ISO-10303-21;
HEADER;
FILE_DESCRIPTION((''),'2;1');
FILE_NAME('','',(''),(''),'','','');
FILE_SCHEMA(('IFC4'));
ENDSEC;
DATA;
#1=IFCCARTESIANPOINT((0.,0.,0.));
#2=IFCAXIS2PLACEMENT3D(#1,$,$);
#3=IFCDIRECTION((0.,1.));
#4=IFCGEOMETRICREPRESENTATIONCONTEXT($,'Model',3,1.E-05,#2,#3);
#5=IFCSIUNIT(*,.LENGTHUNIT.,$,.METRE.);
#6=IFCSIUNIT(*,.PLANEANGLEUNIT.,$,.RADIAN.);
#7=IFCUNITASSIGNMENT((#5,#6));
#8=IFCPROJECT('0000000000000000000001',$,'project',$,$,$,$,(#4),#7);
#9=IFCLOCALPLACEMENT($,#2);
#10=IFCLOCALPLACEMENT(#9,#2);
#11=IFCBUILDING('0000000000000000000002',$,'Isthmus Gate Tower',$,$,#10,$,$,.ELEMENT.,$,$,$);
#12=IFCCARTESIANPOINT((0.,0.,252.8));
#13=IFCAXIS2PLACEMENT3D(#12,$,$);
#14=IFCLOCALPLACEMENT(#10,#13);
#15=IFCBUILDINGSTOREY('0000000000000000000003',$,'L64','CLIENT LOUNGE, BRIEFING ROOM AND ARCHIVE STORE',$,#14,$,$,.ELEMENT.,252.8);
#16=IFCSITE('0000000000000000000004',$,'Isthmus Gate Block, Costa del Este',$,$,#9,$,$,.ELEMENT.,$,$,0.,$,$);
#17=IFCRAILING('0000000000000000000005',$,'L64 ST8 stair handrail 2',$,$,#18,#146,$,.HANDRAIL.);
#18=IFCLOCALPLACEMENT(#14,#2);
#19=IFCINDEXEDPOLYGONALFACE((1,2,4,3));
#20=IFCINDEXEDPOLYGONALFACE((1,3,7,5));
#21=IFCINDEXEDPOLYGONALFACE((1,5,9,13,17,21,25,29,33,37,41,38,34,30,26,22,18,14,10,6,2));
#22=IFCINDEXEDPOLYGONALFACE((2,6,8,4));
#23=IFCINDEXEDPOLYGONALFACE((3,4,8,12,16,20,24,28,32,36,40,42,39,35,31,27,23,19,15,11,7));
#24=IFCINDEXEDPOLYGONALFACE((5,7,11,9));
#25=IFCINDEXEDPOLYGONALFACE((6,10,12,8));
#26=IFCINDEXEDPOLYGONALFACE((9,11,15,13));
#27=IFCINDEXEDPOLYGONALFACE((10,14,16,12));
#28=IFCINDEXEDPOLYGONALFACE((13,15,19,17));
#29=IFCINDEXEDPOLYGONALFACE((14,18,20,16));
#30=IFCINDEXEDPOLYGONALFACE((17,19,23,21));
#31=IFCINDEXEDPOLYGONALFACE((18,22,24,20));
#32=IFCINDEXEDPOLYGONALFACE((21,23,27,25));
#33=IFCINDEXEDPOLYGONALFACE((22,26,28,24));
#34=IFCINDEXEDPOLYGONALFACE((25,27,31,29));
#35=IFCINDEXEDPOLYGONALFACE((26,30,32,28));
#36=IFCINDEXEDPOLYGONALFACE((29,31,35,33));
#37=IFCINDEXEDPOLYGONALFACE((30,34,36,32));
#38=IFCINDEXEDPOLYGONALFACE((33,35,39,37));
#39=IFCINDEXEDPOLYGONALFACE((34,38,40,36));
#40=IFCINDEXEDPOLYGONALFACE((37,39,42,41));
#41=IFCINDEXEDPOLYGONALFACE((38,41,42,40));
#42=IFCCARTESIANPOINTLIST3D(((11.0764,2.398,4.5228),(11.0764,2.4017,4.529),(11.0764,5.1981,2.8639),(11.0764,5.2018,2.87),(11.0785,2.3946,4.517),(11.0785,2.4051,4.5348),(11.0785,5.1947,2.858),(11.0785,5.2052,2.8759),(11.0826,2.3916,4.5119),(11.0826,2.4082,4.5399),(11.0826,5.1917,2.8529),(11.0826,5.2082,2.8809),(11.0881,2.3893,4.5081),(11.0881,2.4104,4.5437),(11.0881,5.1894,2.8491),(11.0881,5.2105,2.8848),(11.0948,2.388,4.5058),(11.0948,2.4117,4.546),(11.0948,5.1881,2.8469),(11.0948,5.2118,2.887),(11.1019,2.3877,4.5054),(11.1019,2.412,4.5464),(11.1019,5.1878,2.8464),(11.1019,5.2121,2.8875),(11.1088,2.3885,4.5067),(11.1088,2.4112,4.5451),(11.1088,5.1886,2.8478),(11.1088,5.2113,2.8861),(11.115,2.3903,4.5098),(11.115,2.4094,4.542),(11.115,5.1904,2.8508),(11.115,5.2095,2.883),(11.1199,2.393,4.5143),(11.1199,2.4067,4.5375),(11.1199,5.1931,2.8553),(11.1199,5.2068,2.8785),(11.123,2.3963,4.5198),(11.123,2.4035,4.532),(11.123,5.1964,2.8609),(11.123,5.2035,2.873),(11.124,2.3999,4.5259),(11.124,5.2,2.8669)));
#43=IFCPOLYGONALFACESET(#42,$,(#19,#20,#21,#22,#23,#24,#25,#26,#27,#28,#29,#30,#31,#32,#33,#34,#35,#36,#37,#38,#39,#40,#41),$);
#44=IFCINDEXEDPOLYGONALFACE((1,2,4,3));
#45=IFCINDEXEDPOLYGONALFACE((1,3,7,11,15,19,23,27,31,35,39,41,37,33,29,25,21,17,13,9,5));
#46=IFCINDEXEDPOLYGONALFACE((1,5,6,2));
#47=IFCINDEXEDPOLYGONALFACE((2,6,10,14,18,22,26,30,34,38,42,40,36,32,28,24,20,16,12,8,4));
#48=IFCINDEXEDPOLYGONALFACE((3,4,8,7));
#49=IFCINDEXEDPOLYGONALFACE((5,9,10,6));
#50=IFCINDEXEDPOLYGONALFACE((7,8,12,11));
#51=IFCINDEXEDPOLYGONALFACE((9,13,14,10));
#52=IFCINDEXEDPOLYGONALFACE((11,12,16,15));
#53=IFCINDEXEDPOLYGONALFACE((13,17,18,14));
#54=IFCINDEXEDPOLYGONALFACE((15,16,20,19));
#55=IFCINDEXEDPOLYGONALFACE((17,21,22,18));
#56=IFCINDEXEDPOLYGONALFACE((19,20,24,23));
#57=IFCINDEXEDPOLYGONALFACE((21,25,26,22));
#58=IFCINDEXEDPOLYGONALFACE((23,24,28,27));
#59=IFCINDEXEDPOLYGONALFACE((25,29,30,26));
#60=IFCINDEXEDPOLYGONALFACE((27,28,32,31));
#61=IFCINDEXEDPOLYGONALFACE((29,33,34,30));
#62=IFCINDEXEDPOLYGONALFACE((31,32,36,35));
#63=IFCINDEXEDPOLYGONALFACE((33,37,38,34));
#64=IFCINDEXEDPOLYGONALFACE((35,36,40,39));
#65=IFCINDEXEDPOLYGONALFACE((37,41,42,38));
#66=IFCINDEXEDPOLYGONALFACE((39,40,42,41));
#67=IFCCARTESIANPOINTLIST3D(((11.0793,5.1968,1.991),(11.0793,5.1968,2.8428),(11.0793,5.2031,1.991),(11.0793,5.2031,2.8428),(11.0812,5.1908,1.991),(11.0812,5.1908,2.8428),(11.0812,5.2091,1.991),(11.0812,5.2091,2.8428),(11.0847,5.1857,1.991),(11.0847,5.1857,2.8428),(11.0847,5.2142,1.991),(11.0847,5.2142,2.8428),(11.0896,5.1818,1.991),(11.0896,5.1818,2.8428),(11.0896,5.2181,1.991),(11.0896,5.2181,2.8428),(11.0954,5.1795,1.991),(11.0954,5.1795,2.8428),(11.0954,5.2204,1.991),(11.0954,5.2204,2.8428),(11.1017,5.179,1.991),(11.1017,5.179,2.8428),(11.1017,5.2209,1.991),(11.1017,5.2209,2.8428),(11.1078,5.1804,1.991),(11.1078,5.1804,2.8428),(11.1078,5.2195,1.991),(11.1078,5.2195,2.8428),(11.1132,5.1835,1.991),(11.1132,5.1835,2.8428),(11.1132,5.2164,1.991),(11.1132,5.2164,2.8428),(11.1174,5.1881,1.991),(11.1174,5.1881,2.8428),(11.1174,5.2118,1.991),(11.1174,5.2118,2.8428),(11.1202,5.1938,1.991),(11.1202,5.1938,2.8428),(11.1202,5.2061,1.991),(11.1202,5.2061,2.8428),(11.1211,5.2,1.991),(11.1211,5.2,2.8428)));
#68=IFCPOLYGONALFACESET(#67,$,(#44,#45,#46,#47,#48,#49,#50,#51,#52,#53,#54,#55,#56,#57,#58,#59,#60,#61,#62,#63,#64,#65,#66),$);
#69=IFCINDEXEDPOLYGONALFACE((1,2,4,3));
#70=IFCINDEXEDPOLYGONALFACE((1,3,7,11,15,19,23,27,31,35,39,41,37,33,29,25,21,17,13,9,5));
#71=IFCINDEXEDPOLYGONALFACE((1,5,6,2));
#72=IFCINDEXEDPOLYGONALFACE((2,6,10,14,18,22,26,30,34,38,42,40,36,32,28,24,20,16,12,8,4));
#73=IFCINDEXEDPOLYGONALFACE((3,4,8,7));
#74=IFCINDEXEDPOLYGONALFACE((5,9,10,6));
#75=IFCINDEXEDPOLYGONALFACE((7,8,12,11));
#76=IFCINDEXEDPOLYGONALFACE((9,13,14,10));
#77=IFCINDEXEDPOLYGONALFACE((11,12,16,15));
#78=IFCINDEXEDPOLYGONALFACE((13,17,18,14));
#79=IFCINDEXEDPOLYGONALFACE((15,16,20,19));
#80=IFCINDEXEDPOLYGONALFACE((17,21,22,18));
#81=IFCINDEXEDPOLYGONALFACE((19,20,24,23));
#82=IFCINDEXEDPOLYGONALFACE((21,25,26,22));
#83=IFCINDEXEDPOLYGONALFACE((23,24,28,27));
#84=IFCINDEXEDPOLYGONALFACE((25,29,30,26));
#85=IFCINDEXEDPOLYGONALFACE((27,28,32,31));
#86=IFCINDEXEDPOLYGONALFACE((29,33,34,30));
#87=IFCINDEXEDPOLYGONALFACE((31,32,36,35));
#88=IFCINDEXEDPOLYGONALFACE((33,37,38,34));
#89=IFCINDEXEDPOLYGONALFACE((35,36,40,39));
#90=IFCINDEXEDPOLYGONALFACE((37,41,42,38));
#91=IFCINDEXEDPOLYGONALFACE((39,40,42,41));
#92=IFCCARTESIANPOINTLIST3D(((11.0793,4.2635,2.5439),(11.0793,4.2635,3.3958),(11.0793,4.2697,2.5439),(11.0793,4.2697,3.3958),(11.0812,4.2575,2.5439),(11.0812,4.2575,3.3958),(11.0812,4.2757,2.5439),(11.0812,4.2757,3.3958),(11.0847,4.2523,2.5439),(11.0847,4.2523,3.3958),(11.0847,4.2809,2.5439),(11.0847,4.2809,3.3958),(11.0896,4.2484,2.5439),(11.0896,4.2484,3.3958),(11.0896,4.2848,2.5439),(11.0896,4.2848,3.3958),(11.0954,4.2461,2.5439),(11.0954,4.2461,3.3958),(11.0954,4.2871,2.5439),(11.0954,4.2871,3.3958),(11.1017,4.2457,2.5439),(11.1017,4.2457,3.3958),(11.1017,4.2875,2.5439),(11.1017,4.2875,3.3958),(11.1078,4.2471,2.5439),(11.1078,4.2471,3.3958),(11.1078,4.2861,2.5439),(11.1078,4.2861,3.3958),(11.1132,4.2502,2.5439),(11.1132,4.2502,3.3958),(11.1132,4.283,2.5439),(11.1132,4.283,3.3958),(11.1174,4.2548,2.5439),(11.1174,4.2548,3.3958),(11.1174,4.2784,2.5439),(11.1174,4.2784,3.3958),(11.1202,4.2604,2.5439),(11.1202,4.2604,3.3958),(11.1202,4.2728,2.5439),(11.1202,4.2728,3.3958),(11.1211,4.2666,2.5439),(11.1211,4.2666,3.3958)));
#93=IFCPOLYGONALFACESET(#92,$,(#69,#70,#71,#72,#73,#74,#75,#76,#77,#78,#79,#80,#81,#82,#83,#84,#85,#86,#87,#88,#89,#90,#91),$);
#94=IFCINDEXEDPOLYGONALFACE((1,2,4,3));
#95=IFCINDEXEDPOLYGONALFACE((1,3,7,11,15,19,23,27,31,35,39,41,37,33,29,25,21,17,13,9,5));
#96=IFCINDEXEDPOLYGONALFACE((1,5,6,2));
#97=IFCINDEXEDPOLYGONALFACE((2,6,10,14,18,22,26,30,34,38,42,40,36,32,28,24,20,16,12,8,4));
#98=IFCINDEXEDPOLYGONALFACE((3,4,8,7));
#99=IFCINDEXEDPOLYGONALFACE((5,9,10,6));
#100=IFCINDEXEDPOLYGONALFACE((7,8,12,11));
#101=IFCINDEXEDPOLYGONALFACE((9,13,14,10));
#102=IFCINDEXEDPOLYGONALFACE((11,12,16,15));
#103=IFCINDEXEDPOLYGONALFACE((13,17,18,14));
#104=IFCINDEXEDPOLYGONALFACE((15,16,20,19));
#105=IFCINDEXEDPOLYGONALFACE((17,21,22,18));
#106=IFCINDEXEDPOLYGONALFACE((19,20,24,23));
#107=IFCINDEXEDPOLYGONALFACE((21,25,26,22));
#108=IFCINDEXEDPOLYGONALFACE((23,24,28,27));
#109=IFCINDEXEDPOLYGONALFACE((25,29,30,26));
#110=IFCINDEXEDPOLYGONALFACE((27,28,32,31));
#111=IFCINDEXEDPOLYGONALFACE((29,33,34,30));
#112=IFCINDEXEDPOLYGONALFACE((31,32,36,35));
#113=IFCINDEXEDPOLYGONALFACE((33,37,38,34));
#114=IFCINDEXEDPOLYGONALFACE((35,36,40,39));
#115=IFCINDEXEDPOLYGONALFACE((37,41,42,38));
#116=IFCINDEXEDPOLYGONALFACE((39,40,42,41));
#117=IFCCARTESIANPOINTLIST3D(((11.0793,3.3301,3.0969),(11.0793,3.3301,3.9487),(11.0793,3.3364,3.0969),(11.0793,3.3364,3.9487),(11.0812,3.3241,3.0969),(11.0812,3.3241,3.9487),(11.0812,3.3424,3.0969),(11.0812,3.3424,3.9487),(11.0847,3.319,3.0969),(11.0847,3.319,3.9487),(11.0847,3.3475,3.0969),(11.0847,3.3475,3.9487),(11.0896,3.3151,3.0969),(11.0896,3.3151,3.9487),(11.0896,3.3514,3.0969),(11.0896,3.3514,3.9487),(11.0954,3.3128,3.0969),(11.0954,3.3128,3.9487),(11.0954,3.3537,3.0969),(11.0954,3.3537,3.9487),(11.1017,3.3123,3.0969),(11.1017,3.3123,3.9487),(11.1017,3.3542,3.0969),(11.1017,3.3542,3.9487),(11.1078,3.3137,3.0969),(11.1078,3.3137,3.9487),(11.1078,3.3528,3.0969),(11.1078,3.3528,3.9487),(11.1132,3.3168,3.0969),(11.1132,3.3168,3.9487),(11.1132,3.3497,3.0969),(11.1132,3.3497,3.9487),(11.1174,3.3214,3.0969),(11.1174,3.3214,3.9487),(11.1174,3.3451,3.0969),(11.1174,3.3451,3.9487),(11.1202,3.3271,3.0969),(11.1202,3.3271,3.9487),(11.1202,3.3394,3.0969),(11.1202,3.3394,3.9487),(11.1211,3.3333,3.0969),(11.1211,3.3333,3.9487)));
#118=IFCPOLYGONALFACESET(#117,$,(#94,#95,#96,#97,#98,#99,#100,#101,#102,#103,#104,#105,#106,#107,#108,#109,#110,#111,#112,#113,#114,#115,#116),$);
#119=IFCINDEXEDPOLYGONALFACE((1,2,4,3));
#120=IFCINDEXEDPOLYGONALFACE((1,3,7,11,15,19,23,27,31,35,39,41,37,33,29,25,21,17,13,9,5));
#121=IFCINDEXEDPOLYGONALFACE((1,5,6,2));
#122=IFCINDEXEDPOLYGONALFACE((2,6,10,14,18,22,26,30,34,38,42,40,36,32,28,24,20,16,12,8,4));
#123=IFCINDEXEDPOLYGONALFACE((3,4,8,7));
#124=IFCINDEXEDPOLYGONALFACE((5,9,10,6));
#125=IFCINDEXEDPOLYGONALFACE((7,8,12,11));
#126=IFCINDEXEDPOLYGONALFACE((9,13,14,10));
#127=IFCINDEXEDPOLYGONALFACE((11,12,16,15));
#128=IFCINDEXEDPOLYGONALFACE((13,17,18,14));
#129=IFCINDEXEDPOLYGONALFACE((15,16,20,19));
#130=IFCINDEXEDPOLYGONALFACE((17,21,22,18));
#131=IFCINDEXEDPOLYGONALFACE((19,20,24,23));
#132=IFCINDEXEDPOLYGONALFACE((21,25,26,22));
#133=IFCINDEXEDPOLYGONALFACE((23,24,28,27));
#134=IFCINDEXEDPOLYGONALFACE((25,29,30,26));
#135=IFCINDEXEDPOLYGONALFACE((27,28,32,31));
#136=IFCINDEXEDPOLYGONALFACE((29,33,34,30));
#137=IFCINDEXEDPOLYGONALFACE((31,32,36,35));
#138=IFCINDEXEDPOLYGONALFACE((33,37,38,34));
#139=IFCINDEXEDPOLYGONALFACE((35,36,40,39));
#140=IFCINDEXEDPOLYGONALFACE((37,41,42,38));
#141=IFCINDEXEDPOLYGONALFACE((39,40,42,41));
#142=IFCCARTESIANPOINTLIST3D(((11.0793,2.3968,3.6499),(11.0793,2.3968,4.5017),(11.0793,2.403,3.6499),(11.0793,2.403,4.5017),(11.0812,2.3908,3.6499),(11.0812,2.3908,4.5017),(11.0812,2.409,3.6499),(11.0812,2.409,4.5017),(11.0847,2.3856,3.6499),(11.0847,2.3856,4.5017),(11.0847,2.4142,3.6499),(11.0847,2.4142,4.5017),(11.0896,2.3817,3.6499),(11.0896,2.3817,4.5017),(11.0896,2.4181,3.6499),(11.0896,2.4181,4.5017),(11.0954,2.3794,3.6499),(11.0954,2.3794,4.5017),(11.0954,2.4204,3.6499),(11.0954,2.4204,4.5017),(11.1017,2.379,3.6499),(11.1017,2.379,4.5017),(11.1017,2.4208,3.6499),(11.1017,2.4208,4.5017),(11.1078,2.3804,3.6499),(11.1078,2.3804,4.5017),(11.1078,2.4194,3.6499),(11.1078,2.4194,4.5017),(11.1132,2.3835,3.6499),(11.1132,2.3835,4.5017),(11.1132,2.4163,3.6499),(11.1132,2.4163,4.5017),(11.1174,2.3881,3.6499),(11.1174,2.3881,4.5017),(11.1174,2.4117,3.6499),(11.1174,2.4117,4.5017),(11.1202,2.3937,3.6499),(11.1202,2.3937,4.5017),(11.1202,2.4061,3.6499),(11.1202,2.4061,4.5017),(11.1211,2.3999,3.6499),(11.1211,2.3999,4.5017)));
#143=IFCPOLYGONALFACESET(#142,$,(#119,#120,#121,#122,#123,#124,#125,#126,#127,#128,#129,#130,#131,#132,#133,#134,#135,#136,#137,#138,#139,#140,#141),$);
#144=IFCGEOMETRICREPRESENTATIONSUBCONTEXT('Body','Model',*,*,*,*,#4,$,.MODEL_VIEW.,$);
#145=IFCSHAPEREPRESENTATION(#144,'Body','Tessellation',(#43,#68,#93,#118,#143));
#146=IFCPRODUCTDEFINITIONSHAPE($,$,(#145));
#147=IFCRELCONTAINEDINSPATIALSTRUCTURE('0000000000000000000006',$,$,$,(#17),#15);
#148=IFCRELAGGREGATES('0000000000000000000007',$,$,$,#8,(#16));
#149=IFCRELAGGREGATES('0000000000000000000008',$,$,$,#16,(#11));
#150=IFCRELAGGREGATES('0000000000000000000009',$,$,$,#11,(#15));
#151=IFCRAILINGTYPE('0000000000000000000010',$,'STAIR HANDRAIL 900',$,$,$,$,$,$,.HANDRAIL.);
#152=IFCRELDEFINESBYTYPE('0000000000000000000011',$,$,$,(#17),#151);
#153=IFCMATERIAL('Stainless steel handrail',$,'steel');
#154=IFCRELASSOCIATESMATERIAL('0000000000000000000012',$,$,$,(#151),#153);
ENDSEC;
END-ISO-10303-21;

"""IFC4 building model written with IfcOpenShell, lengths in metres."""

from ifc_helpers import new_model, si_unit, direction, frame, origin, origin_2d, place, context, subcontext, project, spatial, circle, extrude, material, type_object, element, save


model = new_model("IFC4")

# Units and contexts
model_context = context("Model", 3, precision=1e-05, world=origin(), true_north=direction((0.0, 1.0)))
body_context = subcontext(model_context, "Body", "Model", "MODEL_VIEW")
ifc_project = project(units=[si_unit("LENGTHUNIT", "METRE"), si_unit("PLANEANGLEUNIT", "RADIAN")], contexts=[model_context])

# Site, building, storey
site_placement = place(None, origin())
site = spatial("IfcSite", under=ifc_project, at=site_placement, Name="Isthmus Gate Block, Costa del Este", CompositionType="ELEMENT", RefElevation=0.0)
building_placement = place(site_placement, origin())
building = spatial("IfcBuilding", under=site, at=building_placement, Name="Isthmus Gate Tower", CompositionType="ELEMENT")
storey_placement = place(building_placement, frame((0.0, 0.0, 252.8)))
storey = spatial("IfcBuildingStorey", under=building, at=storey_placement, Name="L64", Description="CLIENT LOUNGE, BRIEFING ROOM AND ARCHIVE STORE", CompositionType="ELEMENT", Elevation=252.8)

# Railing
ifc_material_1 = material(Name="Stainless steel handrail", Category="steel")
railing_type_1 = type_object("IfcRailingType", Name="STAIR HANDRAIL 900", PredefinedType="HANDRAIL", material=ifc_material_1)
railing_1_placement = place(storey_placement, frame((11.1001, 5.2, 1.991)))
element("IfcRailing", 1, at=railing_1_placement, inside=storey, type_object=railing_type_1, Name="L64 ST8 stair handrail 2", PredefinedType="HANDRAIL", context=body_context, shape_type="SweptSolid", body=[
    extrude(circle(Radius=0.0239, at=origin_2d()), frame((0.0, 0.0, 0.876), z_axis=(0.0, -0.860339, 0.509722), x_axis=(1.0, 0.0, 0.0)), (0.0, 0.0, 1.0), 3.2546),
    extrude(circle(Radius=0.021, at=origin_2d()), origin(), (0.0, 0.0, 1.0), 0.8518),
    extrude(circle(Radius=0.021, at=origin_2d()), frame((0.0, -0.9333, 0.553)), (0.0, 0.0, 1.0), 0.8518),
    extrude(circle(Radius=0.021, at=origin_2d()), frame((0.0, -1.8667, 1.106)), (0.0, 0.0, 1.0), 0.8518),
    extrude(circle(Radius=0.021, at=origin_2d()), frame((0.0, -2.8, 1.6589)), (0.0, 0.0, 1.0), 0.8518),
])

save(model, "model.ifc")
